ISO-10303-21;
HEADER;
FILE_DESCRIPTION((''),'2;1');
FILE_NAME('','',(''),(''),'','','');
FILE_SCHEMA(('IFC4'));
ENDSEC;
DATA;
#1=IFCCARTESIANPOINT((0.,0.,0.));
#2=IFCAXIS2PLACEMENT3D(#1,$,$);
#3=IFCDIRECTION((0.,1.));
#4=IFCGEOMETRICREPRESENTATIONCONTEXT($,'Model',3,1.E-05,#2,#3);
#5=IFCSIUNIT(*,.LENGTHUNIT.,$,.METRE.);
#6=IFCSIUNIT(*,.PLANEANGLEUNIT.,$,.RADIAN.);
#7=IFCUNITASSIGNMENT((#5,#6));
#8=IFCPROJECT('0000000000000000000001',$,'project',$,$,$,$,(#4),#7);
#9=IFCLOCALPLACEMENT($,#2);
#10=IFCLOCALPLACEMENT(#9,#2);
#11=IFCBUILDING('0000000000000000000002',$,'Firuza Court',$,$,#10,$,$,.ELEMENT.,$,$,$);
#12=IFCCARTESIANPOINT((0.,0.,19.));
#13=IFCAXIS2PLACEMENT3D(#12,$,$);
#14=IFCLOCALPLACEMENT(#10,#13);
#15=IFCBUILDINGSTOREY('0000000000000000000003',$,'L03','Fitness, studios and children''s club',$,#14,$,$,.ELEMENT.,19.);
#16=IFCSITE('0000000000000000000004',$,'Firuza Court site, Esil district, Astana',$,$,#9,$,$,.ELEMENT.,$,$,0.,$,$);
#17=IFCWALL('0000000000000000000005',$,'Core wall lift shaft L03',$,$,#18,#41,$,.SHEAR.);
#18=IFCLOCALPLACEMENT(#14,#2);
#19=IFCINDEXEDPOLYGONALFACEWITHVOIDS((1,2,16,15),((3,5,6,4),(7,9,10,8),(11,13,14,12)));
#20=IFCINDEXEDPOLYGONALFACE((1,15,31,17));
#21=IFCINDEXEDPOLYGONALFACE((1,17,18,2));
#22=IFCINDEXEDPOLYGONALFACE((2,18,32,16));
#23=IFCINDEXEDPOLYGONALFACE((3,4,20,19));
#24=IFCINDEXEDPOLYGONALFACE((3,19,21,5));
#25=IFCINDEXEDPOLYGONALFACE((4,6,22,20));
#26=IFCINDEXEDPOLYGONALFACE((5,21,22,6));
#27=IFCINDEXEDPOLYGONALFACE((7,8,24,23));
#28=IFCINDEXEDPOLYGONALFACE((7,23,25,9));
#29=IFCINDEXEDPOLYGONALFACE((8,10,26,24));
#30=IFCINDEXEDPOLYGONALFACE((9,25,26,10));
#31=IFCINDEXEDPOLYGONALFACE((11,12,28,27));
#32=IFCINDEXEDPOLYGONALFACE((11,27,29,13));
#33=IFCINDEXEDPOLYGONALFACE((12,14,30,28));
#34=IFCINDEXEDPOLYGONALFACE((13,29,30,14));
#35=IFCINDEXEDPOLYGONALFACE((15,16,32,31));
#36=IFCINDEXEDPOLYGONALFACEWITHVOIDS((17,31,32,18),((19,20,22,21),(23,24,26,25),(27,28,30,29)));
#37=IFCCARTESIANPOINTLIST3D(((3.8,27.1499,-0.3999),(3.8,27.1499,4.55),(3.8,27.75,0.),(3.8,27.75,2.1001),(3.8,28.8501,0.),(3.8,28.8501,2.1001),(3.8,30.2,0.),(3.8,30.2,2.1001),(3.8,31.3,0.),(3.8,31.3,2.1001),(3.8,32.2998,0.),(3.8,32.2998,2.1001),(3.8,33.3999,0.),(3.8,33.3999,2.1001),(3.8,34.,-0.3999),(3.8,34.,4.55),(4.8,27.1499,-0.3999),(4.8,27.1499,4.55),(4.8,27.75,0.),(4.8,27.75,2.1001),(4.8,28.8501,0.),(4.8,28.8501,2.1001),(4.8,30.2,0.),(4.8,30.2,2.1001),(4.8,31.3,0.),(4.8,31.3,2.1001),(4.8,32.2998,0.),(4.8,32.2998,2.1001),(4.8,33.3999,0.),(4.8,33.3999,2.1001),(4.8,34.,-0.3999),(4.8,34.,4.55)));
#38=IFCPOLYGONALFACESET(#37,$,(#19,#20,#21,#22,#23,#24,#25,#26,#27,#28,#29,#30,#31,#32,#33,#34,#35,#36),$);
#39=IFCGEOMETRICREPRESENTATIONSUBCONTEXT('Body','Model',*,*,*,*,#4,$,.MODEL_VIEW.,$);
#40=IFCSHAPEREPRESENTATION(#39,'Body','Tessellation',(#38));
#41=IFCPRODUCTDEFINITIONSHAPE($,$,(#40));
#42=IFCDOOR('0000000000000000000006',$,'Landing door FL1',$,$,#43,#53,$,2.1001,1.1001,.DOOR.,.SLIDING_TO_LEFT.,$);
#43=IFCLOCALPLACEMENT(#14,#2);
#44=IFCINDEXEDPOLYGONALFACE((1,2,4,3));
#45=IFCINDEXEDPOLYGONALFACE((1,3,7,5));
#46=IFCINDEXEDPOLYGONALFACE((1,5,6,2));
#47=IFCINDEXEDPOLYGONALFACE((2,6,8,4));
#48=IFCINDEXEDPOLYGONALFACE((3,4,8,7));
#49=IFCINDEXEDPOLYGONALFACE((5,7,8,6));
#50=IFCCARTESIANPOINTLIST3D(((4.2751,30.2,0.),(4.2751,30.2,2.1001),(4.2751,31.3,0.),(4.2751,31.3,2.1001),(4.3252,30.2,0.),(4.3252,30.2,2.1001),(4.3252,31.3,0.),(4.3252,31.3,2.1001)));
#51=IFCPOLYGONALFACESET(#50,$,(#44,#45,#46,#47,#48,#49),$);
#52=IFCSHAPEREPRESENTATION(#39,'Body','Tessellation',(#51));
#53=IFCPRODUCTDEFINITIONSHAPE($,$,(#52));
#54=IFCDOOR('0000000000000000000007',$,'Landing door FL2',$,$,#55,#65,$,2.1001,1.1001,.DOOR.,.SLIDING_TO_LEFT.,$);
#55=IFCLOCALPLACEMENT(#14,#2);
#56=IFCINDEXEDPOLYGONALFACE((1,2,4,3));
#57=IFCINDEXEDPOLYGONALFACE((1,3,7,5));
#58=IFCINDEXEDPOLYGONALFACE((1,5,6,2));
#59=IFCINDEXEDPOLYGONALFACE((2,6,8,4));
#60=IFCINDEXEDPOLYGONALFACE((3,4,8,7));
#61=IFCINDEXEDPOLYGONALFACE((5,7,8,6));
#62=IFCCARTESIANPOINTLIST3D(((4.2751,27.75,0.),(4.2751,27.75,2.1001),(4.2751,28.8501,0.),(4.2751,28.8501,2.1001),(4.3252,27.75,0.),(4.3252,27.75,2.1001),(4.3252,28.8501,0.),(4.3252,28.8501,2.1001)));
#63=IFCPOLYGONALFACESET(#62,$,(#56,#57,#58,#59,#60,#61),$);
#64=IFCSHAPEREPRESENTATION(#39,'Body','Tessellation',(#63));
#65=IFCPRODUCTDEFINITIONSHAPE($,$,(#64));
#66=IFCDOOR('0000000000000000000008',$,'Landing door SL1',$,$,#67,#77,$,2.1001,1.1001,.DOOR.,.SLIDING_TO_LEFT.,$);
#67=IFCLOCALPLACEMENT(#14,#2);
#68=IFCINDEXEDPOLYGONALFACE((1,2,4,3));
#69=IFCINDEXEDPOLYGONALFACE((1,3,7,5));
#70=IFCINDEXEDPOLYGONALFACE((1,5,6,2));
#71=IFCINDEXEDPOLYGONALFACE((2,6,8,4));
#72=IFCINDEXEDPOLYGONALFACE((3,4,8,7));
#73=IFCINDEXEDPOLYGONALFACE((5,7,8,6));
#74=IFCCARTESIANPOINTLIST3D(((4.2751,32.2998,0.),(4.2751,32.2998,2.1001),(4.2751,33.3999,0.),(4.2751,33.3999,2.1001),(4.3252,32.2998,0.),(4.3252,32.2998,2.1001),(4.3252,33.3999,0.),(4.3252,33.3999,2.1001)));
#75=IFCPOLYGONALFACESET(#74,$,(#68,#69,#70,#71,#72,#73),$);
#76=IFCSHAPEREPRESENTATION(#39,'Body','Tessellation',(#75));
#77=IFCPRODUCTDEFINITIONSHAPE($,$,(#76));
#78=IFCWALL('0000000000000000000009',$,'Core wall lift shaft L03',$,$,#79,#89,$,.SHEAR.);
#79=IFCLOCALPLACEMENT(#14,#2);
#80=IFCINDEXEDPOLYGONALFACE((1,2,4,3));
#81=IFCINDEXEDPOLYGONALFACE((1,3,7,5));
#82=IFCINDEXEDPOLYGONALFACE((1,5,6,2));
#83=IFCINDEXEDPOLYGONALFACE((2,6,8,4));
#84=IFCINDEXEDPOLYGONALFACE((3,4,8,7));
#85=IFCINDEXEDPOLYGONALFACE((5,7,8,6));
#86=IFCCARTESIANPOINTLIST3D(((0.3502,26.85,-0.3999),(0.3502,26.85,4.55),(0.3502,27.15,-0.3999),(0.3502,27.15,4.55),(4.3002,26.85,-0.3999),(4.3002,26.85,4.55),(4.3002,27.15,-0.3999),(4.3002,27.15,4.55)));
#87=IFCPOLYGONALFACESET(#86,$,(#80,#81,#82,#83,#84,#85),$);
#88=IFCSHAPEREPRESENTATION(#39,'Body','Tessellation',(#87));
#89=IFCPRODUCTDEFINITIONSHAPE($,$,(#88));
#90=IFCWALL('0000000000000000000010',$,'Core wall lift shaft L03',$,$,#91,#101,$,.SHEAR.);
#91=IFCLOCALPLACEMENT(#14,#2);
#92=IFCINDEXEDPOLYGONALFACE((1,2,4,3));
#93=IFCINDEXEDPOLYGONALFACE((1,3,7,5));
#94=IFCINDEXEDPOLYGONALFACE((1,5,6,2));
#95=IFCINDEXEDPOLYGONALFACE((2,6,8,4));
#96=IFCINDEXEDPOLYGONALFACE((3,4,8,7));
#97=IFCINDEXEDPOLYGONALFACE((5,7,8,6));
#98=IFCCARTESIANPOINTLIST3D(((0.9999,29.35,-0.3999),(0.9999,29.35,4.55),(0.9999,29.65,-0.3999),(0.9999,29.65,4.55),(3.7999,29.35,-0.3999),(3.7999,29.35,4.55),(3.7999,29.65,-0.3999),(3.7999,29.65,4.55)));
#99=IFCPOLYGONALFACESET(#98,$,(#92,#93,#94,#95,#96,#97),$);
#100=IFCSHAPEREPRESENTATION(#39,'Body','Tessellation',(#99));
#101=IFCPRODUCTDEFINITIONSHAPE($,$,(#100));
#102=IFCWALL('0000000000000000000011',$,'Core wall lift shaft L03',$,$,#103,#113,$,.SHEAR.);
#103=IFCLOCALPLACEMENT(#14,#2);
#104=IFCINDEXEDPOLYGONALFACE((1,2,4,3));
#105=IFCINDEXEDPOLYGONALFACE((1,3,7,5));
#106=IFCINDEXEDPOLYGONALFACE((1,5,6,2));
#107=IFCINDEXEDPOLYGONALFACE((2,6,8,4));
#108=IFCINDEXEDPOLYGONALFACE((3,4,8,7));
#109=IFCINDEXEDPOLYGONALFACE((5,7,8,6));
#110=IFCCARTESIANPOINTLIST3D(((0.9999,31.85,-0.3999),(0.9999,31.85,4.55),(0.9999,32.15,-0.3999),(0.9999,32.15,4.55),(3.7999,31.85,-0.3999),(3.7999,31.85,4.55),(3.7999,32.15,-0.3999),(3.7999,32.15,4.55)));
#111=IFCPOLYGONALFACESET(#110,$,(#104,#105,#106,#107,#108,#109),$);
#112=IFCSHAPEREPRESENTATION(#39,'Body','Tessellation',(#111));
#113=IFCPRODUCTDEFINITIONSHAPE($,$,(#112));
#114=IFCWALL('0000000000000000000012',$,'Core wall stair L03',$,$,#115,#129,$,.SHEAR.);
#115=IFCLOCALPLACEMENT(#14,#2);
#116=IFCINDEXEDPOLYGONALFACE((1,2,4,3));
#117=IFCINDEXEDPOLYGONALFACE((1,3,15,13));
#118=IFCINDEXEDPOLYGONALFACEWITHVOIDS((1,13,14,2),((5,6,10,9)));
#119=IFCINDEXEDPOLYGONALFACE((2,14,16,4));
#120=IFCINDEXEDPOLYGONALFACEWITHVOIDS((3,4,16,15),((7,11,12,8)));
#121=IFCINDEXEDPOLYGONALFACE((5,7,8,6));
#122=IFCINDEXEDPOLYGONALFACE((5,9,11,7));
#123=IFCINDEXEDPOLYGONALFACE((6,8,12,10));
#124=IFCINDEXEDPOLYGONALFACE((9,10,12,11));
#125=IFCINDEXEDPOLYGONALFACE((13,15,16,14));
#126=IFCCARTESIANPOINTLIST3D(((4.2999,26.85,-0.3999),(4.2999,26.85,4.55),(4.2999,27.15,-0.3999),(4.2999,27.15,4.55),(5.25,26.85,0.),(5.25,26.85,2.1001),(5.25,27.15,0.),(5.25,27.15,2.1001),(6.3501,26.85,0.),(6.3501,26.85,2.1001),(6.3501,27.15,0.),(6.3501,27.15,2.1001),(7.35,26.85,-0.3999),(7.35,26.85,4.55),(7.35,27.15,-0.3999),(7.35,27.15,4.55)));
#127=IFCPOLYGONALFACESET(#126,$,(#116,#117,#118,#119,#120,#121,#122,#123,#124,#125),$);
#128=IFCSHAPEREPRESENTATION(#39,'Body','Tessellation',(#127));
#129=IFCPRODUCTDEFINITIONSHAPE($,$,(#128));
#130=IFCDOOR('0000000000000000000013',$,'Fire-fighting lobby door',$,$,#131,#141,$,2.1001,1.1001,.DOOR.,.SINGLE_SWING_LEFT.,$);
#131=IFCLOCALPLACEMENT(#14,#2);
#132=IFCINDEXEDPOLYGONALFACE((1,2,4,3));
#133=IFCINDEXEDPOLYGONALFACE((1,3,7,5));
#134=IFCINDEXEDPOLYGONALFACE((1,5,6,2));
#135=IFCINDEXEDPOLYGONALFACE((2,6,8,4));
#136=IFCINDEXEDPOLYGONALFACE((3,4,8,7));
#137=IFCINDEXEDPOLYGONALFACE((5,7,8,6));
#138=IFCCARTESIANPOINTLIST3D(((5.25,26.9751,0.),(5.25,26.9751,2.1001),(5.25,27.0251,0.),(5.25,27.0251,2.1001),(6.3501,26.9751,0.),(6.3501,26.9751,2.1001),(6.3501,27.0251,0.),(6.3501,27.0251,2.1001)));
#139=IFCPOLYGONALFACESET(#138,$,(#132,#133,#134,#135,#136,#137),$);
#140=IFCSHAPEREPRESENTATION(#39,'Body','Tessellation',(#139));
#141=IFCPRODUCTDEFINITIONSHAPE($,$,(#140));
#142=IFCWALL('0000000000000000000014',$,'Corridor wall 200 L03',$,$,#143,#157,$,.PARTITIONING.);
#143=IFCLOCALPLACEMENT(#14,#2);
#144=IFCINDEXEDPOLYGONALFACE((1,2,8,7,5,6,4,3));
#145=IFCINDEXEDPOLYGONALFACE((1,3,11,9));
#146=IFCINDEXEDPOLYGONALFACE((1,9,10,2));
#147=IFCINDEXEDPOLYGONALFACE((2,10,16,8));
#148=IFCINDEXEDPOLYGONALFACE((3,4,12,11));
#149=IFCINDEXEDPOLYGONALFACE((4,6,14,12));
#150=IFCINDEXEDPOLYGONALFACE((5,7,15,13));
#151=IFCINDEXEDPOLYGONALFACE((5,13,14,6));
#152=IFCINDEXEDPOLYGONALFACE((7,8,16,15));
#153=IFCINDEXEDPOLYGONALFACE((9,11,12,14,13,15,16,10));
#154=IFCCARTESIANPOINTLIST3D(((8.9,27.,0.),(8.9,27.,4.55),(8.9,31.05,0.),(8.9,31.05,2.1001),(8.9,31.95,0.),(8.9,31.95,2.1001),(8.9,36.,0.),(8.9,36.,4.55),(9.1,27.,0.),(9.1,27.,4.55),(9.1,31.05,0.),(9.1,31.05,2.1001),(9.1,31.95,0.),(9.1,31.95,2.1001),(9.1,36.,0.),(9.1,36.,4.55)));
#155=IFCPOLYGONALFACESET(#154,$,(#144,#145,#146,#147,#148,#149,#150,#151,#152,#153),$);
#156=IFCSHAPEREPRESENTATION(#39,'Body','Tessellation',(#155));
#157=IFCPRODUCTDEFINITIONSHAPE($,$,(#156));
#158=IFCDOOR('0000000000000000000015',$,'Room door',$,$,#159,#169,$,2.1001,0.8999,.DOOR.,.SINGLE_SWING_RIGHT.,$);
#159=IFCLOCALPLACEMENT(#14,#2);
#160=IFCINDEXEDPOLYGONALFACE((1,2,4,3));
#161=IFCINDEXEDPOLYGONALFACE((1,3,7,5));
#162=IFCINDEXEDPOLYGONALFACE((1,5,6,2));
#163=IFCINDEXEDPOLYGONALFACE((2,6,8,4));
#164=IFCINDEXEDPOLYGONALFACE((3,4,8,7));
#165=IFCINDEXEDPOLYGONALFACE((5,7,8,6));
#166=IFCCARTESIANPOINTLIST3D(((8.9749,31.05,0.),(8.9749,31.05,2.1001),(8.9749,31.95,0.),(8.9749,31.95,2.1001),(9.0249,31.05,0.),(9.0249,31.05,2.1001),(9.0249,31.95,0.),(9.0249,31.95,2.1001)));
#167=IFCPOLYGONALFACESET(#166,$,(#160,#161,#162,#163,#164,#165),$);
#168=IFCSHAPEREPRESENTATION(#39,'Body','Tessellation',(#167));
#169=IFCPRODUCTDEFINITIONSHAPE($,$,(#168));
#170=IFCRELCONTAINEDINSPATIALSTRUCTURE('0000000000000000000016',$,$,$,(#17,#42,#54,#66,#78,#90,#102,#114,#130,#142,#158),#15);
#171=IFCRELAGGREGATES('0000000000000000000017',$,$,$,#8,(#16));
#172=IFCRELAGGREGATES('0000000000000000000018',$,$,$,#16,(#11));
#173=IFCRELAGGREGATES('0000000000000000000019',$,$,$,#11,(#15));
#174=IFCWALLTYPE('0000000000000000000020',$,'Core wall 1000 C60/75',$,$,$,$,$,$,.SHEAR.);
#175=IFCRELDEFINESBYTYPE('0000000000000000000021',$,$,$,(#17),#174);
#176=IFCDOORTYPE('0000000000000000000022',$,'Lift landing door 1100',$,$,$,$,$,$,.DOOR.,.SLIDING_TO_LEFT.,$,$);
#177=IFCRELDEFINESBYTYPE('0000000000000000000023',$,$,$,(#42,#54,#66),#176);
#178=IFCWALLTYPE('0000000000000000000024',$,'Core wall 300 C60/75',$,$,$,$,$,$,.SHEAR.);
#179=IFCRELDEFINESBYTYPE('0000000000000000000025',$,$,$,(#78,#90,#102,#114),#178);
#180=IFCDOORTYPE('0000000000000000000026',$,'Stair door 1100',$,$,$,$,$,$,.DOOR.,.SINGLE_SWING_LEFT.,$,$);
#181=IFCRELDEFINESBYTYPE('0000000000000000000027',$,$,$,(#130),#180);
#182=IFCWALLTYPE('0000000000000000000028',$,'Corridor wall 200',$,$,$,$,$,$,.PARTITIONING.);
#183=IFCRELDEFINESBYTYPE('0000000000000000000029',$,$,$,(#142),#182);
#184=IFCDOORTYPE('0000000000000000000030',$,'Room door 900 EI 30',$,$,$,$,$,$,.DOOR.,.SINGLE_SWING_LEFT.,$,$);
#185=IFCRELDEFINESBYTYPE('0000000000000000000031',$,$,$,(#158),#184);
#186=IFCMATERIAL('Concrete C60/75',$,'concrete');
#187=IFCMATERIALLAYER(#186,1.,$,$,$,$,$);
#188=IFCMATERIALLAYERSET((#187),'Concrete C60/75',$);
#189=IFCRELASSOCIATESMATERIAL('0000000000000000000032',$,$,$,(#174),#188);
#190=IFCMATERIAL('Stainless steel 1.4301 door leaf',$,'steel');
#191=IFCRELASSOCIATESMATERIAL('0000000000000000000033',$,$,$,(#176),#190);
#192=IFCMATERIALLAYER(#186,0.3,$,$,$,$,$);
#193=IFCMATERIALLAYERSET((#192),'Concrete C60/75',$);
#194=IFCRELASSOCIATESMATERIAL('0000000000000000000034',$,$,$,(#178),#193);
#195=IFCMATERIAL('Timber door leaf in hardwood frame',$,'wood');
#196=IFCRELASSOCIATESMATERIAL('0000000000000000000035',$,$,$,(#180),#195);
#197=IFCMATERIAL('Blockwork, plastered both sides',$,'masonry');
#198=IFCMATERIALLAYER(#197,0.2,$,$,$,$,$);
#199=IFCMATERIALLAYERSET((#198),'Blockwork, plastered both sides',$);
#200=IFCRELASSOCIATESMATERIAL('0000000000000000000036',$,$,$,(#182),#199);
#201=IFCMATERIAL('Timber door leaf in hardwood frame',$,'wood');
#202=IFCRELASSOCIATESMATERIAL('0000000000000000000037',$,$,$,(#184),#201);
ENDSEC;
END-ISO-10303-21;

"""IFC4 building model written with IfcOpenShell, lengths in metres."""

from ifc_helpers import new_model, si_unit, direction, frame, frame_2d, origin, place, context, subcontext, project, spatial, rectangle, extrude, material, layer, layer_set, type_object, element, fill, save


model = new_model("IFC4")

# Units and contexts
model_context = context("Model", 3, precision=1e-05, world=origin(), true_north=direction((0.0, 1.0)))
body_context = subcontext(model_context, "Body", "Model", "MODEL_VIEW")
ifc_project = project(units=[si_unit("LENGTHUNIT", "METRE"), si_unit("PLANEANGLEUNIT", "RADIAN")], contexts=[model_context])

# Site, building, storey
site_placement = place(None, origin())
site = spatial("IfcSite", under=ifc_project, at=site_placement, Name="Firuza Court site, Esil district, Astana", CompositionType="ELEMENT", RefElevation=0.0)
building_placement = place(site_placement, origin())
building = spatial("IfcBuilding", under=site, at=building_placement, Name="Firuza Court", CompositionType="ELEMENT")
storey_placement = place(building_placement, frame((0.0, 0.0, 19.0)))
storey = spatial("IfcBuildingStorey", under=building, at=storey_placement, Name="L03", Description="Fitness, studios and children's club", CompositionType="ELEMENT", Elevation=19.0)

# Shared definitions
ifc_material_1 = material(Name="Concrete C60/75", Category="concrete")
ifc_layer_1 = layer(ifc_material_1, 1.0)
ifc_layer_set_1 = layer_set([ifc_layer_1], Name="Concrete C60/75")
wall_type_1 = type_object("IfcWallType", Name="Core wall 1000 C60/75", PredefinedType="SHEAR", material=ifc_layer_set_1)

# Wall, openings, doors
wall_1_placement = place(storey_placement, frame((4.3, 27.1499, -0.3999), z_axis=(0.0, 0.0, 1.0), x_axis=(0.0, 1.0, 0.0)))
wall_1 = element("IfcWall", 1, at=wall_1_placement, inside=storey, type_object=wall_type_1, Name="Core wall lift shaft L03", PredefinedType="SHEAR", context=body_context, shape_type="SweptSolid", body=[
    extrude(rectangle(XDim=6.8501, YDim=1.0, at=frame_2d((3.425, 0.0))), origin(), (0.0, 0.0, 1.0), 4.95),
])
opening_1_placement = place(wall_1_placement, frame((3.05, 0.0, 0.3999)))
opening_1 = element("IfcOpeningElement", 2, at=opening_1_placement, cuts=wall_1, PredefinedType="OPENING", context=body_context, shape_type="SweptSolid", body=[
    extrude(rectangle(XDim=1.1001, YDim=2.1001, at=frame_2d((0.55, 1.05))), frame((0.0, 0.512, 0.0), z_axis=(0.0, -1.0, 0.0), x_axis=(1.0, 0.0, 0.0)), (0.0, 0.0, 1.0), 1.0239),
])
opening_2_placement = place(wall_1_placement, frame((0.6001, 0.0, 0.3999)))
opening_2 = element("IfcOpeningElement", 3, at=opening_2_placement, cuts=wall_1, PredefinedType="OPENING", context=body_context, shape_type="SweptSolid", body=[
    extrude(rectangle(XDim=1.1001, YDim=2.1001, at=frame_2d((0.55, 1.05))), frame((0.0, 0.512, 0.0), z_axis=(0.0, -1.0, 0.0), x_axis=(1.0, 0.0, 0.0)), (0.0, 0.0, 1.0), 1.0239),
])
opening_3_placement = place(wall_1_placement, frame((5.1499, 0.0, 0.3999)))
opening_3 = element("IfcOpeningElement", 4, at=opening_3_placement, cuts=wall_1, PredefinedType="OPENING", context=body_context, shape_type="SweptSolid", body=[
    extrude(rectangle(XDim=1.1001, YDim=2.1001, at=frame_2d((0.55, 1.05))), frame((0.0, 0.512, 0.0), z_axis=(0.0, -1.0, 0.0), x_axis=(1.0, 0.0, 0.0)), (0.0, 0.0, 1.0), 1.0239),
])
ifc_material_2 = material(Name="Stainless steel 1.4301 door leaf", Category="steel")
door_type_1 = type_object("IfcDoorType", Name="Lift landing door 1100", OperationType="SLIDING_TO_LEFT", PredefinedType="DOOR", material=ifc_material_2)
door_1_placement = place(opening_1_placement, origin())
door_1 = element("IfcDoor", 5, at=door_1_placement, inside=storey, type_object=door_type_1, Name="Landing door FL1", OperationType="SLIDING_TO_LEFT", OverallHeight=2.1001, OverallWidth=1.1001, PredefinedType="DOOR", context=body_context, shape_type="SweptSolid", body=[
    extrude(rectangle(XDim=1.1001, YDim=2.1001, at=frame_2d((0.55, 1.05))), frame((0.0, 0.0249, 0.0), z_axis=(0.0, -1.0, 0.0), x_axis=(1.0, 0.0, 0.0)), (0.0, 0.0, 1.0), 0.05),
])
fill(opening_1, door_1)
door_2_placement = place(opening_2_placement, origin())
door_2 = element("IfcDoor", 6, at=door_2_placement, inside=storey, type_object=door_type_1, Name="Landing door FL2", OperationType="SLIDING_TO_LEFT", OverallHeight=2.1001, OverallWidth=1.1001, PredefinedType="DOOR", context=body_context, shape_type="SweptSolid", body=[
    extrude(rectangle(XDim=1.1001, YDim=2.1001, at=frame_2d((0.55, 1.05))), frame((0.0, 0.0249, 0.0), z_axis=(0.0, -1.0, 0.0), x_axis=(1.0, 0.0, 0.0)), (0.0, 0.0, 1.0), 0.05),
])
fill(opening_2, door_2)
door_3_placement = place(opening_3_placement, origin())
door_3 = element("IfcDoor", 7, at=door_3_placement, inside=storey, type_object=door_type_1, Name="Landing door SL1", OperationType="SLIDING_TO_LEFT", OverallHeight=2.1001, OverallWidth=1.1001, PredefinedType="DOOR", context=body_context, shape_type="SweptSolid", body=[
    extrude(rectangle(XDim=1.1001, YDim=2.1001, at=frame_2d((0.55, 1.05))), frame((0.0, 0.0249, 0.0), z_axis=(0.0, -1.0, 0.0), x_axis=(1.0, 0.0, 0.0)), (0.0, 0.0, 1.0), 0.05),
])
fill(opening_3, door_3)

# Walls
ifc_layer_2 = layer(ifc_material_1, 0.3)
ifc_layer_set_2 = layer_set([ifc_layer_2], Name="Concrete C60/75")
wall_type_2 = type_object("IfcWallType", Name="Core wall 300 C60/75", PredefinedType="SHEAR", material=ifc_layer_set_2)
wall_2_placement = place(storey_placement, frame((0.3501, 27.0, -0.3999), z_axis=(0.0, 0.0, 1.0), x_axis=(1.0, 0.0, 0.0)))
element("IfcWall", 8, at=wall_2_placement, inside=storey, type_object=wall_type_2, Name="Core wall lift shaft L03", PredefinedType="SHEAR", context=body_context, shape_type="SweptSolid", body=[
    extrude(rectangle(XDim=3.95, YDim=0.3, at=frame_2d((1.9751, 0.0))), origin(), (0.0, 0.0, 1.0), 4.95),
])
for number, where, z_axis, x_axis, name in (
    (9, (1.0, 29.5, -0.3999), (0.0, 0.0, 1.0), (1.0, 0.0, 0.0), "Core wall lift shaft L03"),
    (10, (1.0, 32.0, -0.3999), (0.0, 0.0, 1.0), (1.0, 0.0, 0.0), "Core wall lift shaft L03"),
):
    element("IfcWall", number, at=place(storey_placement, frame(where, z_axis=z_axis, x_axis=x_axis)), inside=storey, type_object=wall_type_2, Name=name, PredefinedType="SHEAR", context=body_context, shape_type="SweptSolid", body=[
        extrude(rectangle(XDim=2.8, YDim=0.3, at=frame_2d((1.3999, 0.0))), origin(), (0.0, 0.0, 1.0), 4.95),
    ])

# Walls, openings, doors
wall_3_placement = place(storey_placement, frame((4.3, 27.0, -0.3999), z_axis=(0.0, 0.0, 1.0), x_axis=(1.0, 0.0, 0.0)))
wall_3 = element("IfcWall", 11, at=wall_3_placement, inside=storey, type_object=wall_type_2, Name="Core wall stair L03", PredefinedType="SHEAR", context=body_context, shape_type="SweptSolid", body=[
    extrude(rectangle(XDim=3.05, YDim=0.3, at=frame_2d((1.5249, 0.0))), origin(), (0.0, 0.0, 1.0), 4.95),
])
opening_4_placement = place(wall_3_placement, frame((0.95, 0.0, 0.3999)))
opening_4 = element("IfcOpeningElement", 12, at=opening_4_placement, cuts=wall_3, PredefinedType="OPENING", context=body_context, shape_type="SweptSolid", body=[
    extrude(rectangle(XDim=1.1001, YDim=2.1001, at=frame_2d((0.55, 1.05))), frame((0.0, 0.1621, 0.0), z_axis=(0.0, -1.0, 0.0), x_axis=(1.0, 0.0, 0.0)), (0.0, 0.0, 1.0), 0.324),
])
ifc_material_3 = material(Name="Timber door leaf in hardwood frame", Category="wood")
door_type_2 = type_object("IfcDoorType", Name="Stair door 1100", OperationType="SINGLE_SWING_LEFT", PredefinedType="DOOR", material=ifc_material_3)
door_4_placement = place(opening_4_placement, frame((1.1001, 0.0, 0.0), z_axis=(0.0, 0.0, 1.0), x_axis=(-1.0, 0.0, 0.0)))
door_4 = element("IfcDoor", 13, at=door_4_placement, inside=storey, type_object=door_type_2, Name="Fire-fighting lobby door", OperationType="SINGLE_SWING_LEFT", OverallHeight=2.1001, OverallWidth=1.1001, PredefinedType="DOOR", context=body_context, shape_type="SweptSolid", body=[
    extrude(rectangle(XDim=1.1001, YDim=2.1001, at=frame_2d((0.55, 1.05))), frame((0.0, 0.0249, 0.0), z_axis=(0.0, -1.0, 0.0), x_axis=(1.0, 0.0, 0.0)), (0.0, 0.0, 1.0), 0.05),
])
fill(opening_4, door_4)
ifc_material_4 = material(Name="Blockwork, plastered both sides", Category="masonry")
ifc_layer_3 = layer(ifc_material_4, 0.2)
ifc_layer_set_3 = layer_set([ifc_layer_3], Name="Blockwork, plastered both sides")
wall_type_3 = type_object("IfcWallType", Name="Corridor wall 200", PredefinedType="PARTITIONING", material=ifc_layer_set_3)
wall_4_placement = place(storey_placement, frame((9.0, 27.0, 0.0), z_axis=(0.0, 0.0, 1.0), x_axis=(0.0, 1.0, 0.0)))
wall_4 = element("IfcWall", 14, at=wall_4_placement, inside=storey, type_object=wall_type_3, Name="Corridor wall 200 L03", PredefinedType="PARTITIONING", context=body_context, shape_type="SweptSolid", body=[
    extrude(rectangle(XDim=9.0, YDim=0.2, at=frame_2d((4.5, 0.0))), origin(), (0.0, 0.0, 1.0), 4.55),
])
opening_5_placement = place(wall_4_placement, frame((4.05, 0.0, 0.0)))
opening_5 = element("IfcOpeningElement", 15, at=opening_5_placement, cuts=wall_4, PredefinedType="OPENING", context=body_context, shape_type="SweptSolid", body=[
    extrude(rectangle(XDim=0.8999, YDim=2.1001, at=frame_2d((0.45, 1.05))), frame((0.0, 0.1118, 0.0), z_axis=(0.0, -1.0, 0.0), x_axis=(1.0, 0.0, 0.0)), (0.0, 0.0, 1.0), 0.2239),
])
ifc_material_5 = material(Name="Timber door leaf in hardwood frame", Category="wood")
door_type_3 = type_object("IfcDoorType", Name="Room door 900 EI 30", OperationType="SINGLE_SWING_LEFT", PredefinedType="DOOR", material=ifc_material_5)
door_5_placement = place(opening_5_placement, frame((0.8999, 0.0, 0.0), z_axis=(0.0, 0.0, 1.0), x_axis=(-1.0, 0.0, 0.0)))
door_5 = element("IfcDoor", 16, at=door_5_placement, inside=storey, type_object=door_type_3, Name="Room door", OperationType="SINGLE_SWING_RIGHT", OverallHeight=2.1001, OverallWidth=0.8999, PredefinedType="DOOR", context=body_context, shape_type="SweptSolid", body=[
    extrude(rectangle(XDim=0.8999, YDim=2.1001, at=frame_2d((0.45, 1.05))), frame((0.0, 0.0249, 0.0), z_axis=(0.0, -1.0, 0.0), x_axis=(1.0, 0.0, 0.0)), (0.0, 0.0, 1.0), 0.05),
])
fill(opening_5, door_5)

save(model, "model.ifc")
